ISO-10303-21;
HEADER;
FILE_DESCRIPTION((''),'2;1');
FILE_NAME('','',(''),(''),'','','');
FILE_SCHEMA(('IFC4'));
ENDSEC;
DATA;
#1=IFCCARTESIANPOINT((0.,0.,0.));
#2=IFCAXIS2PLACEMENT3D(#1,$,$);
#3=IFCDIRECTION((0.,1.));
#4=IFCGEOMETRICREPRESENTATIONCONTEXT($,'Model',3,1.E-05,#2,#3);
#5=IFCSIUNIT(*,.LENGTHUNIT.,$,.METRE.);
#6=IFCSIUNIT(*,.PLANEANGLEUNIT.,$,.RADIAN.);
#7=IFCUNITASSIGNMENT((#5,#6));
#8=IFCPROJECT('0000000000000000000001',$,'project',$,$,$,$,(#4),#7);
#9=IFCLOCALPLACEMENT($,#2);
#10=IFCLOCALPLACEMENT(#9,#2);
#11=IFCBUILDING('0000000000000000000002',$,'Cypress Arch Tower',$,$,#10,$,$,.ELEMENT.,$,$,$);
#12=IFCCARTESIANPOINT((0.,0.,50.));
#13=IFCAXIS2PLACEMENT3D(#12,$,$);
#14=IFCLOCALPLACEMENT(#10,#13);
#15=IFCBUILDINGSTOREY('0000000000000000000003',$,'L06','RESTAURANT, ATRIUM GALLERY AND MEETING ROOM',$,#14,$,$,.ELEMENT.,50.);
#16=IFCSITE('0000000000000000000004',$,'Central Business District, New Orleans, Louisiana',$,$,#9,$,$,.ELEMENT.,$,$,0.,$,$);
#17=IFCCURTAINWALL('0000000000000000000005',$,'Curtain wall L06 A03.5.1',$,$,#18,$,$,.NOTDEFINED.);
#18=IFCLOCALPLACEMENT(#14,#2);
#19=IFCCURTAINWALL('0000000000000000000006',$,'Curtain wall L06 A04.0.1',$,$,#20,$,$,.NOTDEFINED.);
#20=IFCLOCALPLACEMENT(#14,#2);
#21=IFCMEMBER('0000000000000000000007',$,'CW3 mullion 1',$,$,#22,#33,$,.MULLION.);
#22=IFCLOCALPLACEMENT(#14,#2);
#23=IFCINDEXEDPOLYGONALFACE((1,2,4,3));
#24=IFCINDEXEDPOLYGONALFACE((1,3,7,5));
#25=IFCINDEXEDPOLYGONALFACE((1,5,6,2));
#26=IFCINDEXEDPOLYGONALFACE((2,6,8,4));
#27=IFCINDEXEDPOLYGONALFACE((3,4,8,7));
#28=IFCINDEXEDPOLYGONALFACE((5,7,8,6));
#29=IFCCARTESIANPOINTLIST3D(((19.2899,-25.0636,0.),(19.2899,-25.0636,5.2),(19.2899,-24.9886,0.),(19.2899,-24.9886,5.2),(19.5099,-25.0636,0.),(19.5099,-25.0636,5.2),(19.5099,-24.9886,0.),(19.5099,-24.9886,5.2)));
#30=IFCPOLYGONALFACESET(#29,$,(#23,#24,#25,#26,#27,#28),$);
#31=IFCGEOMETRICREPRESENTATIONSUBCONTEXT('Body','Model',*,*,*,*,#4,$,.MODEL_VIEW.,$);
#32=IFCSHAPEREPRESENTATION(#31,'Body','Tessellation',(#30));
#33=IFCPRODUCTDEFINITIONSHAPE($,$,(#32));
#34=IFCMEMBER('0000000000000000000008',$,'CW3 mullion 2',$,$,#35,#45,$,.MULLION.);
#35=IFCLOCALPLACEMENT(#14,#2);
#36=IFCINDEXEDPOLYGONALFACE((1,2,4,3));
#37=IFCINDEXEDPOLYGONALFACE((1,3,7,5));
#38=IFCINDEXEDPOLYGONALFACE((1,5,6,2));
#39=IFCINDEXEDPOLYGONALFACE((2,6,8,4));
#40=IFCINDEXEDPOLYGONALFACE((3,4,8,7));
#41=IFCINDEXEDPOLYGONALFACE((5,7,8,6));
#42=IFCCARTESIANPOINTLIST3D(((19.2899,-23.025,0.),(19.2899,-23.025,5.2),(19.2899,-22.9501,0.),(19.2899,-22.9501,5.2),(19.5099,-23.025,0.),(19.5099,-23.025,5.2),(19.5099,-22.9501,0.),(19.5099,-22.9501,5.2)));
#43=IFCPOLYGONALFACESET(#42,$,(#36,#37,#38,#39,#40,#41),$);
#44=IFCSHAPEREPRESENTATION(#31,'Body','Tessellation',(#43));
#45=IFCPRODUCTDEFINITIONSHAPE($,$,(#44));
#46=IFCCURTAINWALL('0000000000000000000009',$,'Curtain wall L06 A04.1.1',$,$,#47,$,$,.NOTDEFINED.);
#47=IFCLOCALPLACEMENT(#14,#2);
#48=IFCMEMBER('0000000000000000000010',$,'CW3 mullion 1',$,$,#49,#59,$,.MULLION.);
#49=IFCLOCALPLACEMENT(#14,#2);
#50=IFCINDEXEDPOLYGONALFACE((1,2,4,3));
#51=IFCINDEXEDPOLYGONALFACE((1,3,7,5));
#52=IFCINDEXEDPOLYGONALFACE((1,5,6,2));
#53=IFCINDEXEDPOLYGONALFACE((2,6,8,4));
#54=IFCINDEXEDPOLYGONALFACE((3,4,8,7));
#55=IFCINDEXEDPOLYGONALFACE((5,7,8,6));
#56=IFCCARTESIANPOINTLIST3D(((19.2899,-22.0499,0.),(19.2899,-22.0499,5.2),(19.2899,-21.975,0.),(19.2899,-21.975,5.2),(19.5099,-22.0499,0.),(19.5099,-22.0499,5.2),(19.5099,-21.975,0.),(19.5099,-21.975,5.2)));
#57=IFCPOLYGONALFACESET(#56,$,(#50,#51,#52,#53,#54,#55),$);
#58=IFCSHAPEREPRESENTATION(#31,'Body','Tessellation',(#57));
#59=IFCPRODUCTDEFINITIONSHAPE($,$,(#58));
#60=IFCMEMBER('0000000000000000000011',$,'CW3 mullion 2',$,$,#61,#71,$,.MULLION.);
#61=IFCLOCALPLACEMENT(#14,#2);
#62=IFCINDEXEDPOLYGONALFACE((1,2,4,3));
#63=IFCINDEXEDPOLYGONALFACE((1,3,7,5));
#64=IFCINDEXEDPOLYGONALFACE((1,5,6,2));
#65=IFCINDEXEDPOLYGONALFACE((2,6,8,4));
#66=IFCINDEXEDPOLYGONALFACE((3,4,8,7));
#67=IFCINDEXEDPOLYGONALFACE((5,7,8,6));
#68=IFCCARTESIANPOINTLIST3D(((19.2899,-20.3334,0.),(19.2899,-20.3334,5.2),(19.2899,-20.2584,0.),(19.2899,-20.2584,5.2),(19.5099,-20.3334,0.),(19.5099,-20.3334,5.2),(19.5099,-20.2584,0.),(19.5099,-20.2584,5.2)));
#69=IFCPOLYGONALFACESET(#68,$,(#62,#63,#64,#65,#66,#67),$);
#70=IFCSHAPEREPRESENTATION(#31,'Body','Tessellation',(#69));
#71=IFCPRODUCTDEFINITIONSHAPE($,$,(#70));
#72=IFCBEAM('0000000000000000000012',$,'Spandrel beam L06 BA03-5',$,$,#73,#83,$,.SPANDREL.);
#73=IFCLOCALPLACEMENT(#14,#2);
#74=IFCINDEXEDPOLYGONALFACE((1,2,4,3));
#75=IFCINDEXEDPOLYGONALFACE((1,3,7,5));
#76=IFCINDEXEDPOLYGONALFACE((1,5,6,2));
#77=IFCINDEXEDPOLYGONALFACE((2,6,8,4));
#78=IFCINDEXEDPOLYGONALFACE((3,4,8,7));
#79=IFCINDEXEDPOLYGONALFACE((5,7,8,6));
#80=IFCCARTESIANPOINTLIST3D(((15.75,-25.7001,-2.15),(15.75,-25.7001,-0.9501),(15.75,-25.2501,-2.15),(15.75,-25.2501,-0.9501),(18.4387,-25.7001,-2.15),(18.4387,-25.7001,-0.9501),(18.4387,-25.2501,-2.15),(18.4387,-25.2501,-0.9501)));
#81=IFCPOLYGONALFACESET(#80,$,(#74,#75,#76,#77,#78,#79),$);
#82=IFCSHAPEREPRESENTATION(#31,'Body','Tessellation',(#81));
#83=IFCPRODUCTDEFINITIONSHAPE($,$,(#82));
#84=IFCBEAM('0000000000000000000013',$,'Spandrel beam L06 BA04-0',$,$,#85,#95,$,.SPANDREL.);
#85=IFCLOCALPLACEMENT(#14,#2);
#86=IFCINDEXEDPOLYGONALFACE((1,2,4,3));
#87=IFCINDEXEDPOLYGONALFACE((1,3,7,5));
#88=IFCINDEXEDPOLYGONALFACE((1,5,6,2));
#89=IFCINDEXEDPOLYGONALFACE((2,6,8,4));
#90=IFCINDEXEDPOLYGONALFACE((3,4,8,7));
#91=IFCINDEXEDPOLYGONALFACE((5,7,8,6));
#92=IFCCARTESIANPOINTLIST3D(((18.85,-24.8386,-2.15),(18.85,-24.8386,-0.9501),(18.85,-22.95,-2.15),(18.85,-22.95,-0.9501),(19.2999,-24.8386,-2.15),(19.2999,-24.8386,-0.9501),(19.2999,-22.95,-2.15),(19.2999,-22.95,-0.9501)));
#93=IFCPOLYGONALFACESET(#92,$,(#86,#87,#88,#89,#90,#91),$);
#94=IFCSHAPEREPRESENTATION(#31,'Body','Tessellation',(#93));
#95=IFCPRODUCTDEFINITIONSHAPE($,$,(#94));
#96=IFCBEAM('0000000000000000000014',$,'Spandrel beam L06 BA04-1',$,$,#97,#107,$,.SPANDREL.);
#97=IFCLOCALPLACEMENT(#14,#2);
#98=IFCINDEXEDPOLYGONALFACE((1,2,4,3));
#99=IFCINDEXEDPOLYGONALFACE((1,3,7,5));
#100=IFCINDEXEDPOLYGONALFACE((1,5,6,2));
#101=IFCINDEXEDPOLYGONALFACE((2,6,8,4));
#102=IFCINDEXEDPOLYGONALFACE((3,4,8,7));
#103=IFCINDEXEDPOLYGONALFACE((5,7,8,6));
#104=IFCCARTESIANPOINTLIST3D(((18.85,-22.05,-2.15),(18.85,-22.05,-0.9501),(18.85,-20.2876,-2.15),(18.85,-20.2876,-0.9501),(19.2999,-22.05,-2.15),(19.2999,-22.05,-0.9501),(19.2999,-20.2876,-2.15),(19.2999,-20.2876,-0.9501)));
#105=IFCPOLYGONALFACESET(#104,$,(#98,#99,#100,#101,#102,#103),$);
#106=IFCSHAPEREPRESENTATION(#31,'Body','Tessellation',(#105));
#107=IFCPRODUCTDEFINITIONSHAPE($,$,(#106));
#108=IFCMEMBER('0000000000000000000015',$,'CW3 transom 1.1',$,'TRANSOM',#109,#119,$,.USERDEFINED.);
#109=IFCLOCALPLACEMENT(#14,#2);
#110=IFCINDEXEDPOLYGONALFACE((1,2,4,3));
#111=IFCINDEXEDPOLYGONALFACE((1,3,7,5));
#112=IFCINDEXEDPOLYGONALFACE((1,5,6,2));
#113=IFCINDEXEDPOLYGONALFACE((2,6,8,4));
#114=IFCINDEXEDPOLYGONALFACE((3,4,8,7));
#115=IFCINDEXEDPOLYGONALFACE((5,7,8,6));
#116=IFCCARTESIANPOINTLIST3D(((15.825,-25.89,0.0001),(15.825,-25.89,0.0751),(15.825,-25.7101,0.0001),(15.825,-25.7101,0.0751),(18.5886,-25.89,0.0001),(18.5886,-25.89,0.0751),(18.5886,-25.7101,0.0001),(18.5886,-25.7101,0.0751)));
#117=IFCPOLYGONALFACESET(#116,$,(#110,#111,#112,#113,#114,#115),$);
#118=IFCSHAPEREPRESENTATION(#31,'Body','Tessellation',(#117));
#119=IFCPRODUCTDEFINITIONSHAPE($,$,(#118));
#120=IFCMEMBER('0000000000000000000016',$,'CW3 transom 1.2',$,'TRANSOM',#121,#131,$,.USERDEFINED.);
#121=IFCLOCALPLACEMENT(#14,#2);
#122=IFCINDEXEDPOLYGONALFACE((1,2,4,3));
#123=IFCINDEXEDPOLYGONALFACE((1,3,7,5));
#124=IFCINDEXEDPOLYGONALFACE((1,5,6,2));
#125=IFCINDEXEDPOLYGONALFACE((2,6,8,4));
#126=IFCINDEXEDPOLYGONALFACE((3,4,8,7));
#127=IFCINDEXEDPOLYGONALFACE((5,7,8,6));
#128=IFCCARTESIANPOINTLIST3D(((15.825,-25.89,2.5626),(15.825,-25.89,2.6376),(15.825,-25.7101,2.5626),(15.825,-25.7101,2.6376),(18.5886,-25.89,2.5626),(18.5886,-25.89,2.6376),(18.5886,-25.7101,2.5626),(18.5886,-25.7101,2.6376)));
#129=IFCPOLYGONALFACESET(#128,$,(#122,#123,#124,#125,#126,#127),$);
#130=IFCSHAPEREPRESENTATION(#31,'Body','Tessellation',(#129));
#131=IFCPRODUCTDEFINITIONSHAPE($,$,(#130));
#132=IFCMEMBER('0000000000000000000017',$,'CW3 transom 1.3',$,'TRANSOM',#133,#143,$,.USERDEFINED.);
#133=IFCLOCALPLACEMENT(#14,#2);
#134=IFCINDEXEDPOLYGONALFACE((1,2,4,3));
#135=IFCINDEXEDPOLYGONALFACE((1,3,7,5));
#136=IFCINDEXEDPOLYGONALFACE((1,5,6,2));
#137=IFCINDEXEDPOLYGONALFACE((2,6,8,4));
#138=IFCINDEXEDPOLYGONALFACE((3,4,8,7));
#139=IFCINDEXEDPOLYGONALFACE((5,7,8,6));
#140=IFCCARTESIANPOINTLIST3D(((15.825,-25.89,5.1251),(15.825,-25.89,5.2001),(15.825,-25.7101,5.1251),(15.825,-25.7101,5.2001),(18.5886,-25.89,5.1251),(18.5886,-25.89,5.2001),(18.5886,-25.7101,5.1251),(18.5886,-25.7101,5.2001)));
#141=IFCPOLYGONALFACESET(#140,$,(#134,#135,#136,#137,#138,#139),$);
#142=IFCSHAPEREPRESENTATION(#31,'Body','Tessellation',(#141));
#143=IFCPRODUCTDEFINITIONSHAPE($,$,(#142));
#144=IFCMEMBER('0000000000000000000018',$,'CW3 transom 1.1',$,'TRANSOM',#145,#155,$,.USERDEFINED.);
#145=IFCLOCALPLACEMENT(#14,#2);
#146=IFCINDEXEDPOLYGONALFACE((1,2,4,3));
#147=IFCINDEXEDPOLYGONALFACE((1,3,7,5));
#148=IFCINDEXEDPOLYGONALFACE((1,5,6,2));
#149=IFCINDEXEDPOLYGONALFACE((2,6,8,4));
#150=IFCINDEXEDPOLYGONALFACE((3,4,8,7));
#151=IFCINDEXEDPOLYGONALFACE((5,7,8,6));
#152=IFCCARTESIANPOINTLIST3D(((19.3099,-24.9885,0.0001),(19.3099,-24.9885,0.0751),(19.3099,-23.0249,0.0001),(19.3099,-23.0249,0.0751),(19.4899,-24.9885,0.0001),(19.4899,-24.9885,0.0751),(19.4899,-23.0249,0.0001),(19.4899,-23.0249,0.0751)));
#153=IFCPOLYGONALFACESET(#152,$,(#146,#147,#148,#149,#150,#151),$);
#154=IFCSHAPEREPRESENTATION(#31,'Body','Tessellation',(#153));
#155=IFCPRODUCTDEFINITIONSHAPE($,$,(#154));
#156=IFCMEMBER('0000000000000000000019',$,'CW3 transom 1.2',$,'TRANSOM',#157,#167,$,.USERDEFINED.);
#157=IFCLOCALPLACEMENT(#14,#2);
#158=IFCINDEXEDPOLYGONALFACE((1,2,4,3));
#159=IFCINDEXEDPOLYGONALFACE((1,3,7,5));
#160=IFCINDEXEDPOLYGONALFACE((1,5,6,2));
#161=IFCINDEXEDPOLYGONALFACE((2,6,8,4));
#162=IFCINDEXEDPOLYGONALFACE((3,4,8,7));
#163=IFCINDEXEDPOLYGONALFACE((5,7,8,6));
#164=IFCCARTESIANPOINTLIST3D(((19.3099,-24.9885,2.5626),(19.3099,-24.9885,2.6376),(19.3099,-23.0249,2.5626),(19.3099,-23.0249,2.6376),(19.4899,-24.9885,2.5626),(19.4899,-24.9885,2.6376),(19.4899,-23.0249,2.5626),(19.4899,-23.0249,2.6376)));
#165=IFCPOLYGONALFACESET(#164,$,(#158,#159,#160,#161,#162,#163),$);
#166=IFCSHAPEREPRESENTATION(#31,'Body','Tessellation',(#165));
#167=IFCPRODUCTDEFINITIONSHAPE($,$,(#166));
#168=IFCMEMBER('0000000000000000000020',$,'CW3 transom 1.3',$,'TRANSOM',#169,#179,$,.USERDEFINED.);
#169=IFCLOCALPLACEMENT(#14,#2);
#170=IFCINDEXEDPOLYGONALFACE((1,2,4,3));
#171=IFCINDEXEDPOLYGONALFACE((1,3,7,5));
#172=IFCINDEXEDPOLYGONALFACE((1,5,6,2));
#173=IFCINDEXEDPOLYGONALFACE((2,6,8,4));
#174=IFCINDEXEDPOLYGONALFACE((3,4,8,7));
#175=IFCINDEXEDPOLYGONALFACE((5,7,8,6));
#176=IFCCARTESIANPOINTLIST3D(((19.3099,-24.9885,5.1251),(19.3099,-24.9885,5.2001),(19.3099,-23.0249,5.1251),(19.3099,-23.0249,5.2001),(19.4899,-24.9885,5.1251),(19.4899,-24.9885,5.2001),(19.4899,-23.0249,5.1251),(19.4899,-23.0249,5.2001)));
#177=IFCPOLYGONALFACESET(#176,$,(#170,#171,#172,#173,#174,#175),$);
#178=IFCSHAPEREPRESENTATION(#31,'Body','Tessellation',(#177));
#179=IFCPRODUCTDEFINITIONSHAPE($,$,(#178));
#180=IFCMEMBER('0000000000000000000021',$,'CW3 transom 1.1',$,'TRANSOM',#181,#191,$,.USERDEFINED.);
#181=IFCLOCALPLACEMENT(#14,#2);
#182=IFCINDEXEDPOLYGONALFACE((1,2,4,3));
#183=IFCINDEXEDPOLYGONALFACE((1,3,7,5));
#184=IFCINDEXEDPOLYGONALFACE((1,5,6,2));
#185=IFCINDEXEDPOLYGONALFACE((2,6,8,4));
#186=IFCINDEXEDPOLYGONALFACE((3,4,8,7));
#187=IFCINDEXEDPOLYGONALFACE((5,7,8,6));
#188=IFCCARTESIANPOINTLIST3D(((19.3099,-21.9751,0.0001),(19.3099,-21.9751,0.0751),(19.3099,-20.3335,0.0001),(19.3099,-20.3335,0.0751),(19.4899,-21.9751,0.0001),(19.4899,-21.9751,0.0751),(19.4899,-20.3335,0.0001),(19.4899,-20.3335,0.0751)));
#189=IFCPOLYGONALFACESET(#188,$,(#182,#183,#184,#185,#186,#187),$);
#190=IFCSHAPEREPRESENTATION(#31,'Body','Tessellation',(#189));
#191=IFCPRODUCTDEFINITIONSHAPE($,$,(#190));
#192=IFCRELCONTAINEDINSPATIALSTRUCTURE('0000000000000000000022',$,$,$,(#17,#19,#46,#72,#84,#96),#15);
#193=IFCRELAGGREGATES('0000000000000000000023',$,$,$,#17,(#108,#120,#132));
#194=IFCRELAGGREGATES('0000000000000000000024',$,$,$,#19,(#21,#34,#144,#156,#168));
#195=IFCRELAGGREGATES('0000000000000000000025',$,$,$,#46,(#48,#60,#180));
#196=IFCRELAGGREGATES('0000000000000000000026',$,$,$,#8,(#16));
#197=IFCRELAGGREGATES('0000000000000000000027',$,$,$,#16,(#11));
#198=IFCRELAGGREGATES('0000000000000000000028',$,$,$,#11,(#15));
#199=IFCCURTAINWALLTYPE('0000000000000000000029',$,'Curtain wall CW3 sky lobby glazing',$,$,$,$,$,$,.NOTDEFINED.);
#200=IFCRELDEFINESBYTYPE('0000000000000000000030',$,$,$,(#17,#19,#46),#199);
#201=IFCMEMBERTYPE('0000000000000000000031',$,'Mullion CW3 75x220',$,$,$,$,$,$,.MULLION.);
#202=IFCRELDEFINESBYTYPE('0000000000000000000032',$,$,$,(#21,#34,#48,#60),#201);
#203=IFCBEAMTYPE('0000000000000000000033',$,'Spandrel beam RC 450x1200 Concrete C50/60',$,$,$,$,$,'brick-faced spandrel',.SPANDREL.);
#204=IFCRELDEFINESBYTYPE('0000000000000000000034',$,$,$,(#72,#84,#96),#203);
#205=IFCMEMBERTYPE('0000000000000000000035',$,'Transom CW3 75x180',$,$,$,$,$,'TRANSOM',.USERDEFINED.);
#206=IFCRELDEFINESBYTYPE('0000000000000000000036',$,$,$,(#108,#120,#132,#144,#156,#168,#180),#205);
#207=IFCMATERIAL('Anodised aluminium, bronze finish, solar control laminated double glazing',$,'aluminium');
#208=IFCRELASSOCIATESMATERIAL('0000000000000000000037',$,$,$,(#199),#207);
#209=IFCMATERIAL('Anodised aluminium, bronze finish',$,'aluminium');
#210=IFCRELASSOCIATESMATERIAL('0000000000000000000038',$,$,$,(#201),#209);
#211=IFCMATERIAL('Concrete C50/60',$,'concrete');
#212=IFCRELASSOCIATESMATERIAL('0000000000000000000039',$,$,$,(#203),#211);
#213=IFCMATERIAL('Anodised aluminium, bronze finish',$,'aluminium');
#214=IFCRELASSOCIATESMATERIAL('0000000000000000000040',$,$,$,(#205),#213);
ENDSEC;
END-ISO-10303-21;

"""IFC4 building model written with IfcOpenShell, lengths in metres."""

from ifc_helpers import new_model, si_unit, direction, frame, origin, origin_2d, place, context, subcontext, project, spatial, rectangle, extrude, material, material_profile, profile_set, type_object, element, aggregate, save


model = new_model("IFC4")

# Units and contexts
model_context = context("Model", 3, precision=1e-05, world=origin(), true_north=direction((0.0, 1.0)))
body_context = subcontext(model_context, "Body", "Model", "MODEL_VIEW")
ifc_project = project(units=[si_unit("LENGTHUNIT", "METRE"), si_unit("PLANEANGLEUNIT", "RADIAN")], contexts=[model_context])

# Site, building, storey
site_placement = place(None, origin())
site = spatial("IfcSite", under=ifc_project, at=site_placement, Name="Central Business District, New Orleans, Louisiana", CompositionType="ELEMENT", RefElevation=0.0)
building_placement = place(site_placement, origin())
building = spatial("IfcBuilding", under=site, at=building_placement, Name="Cypress Arch Tower", CompositionType="ELEMENT")
storey_placement = place(building_placement, frame((0.0, 0.0, 50.0)))
storey = spatial("IfcBuildingStorey", under=building, at=storey_placement, Name="L06", Description="RESTAURANT, ATRIUM GALLERY AND MEETING ROOM", CompositionType="ELEMENT", Elevation=50.0)

# Curtain walls, members
ifc_material_1 = material(Name="Anodised aluminium, bronze finish, solar control laminated double glazing", Category="aluminium")
curtain_wall_type = type_object("IfcCurtainWallType", Name="Curtain wall CW3 sky lobby glazing", PredefinedType="NOTDEFINED", material=ifc_material_1)
curtain_wall_1_placement = place(storey_placement, origin())
curtain_wall_1 = element("IfcCurtainWall", 1, at=curtain_wall_1_placement, inside=storey, type_object=curtain_wall_type, Name="Curtain wall L06 A03.5.1", PredefinedType="NOTDEFINED")
ifc_material_2 = material(Name="Anodised aluminium, bronze finish", Category="aluminium")
ifc_material_profile_1 = material_profile(ifc_material_2, rectangle(XDim=0.22, YDim=0.075, at=origin_2d()), Name="Mullion 75x220")
ifc_profile_set_1 = profile_set([ifc_material_profile_1], Name="Anodised aluminium, bronze finish")
member_type_1 = type_object("IfcMemberType", Name="Mullion CW3 75x220", PredefinedType="MULLION", material=ifc_profile_set_1)
curtain_wall_2_placement = place(storey_placement, origin())
curtain_wall_2 = element("IfcCurtainWall", 2, at=curtain_wall_2_placement, inside=storey, type_object=curtain_wall_type, Name="Curtain wall L06 A04.0.1", PredefinedType="NOTDEFINED")
member_1_placement = place(storey_placement, frame((19.3999, -25.0261, 0.0), z_axis=(0.0, 0.0, 1.0), x_axis=(-1.0, 0.0, 0.0)))
member_1 = element("IfcMember", 3, at=member_1_placement, type_object=member_type_1, Name="CW3 mullion 1", PredefinedType="MULLION", context=body_context, shape_type="SweptSolid", body=[
    extrude(rectangle(XDim=0.22, YDim=0.075, at=origin_2d()), origin(), (0.0, 0.0, 1.0), 5.2),
])
member_2_placement = place(storey_placement, frame((19.3999, -22.9875, 0.0), z_axis=(0.0, 0.0, 1.0), x_axis=(-1.0, 0.0, 0.0)))
member_2 = element("IfcMember", 4, at=member_2_placement, type_object=member_type_1, Name="CW3 mullion 2", PredefinedType="MULLION", context=body_context, shape_type="SweptSolid", body=[
    extrude(rectangle(XDim=0.22, YDim=0.075, at=origin_2d()), origin(), (0.0, 0.0, 1.0), 5.2),
])
curtain_wall_3_placement = place(storey_placement, origin())
curtain_wall_3 = element("IfcCurtainWall", 5, at=curtain_wall_3_placement, inside=storey, type_object=curtain_wall_type, Name="Curtain wall L06 A04.1.1", PredefinedType="NOTDEFINED")
member_3_placement = place(storey_placement, frame((19.3999, -22.0125, 0.0), z_axis=(0.0, 0.0, 1.0), x_axis=(-1.0, 0.0, 0.0)))
member_3 = element("IfcMember", 6, at=member_3_placement, type_object=member_type_1, Name="CW3 mullion 1", PredefinedType="MULLION", context=body_context, shape_type="SweptSolid", body=[
    extrude(rectangle(XDim=0.22, YDim=0.075, at=origin_2d()), origin(), (0.0, 0.0, 1.0), 5.2),
])
member_4_placement = place(storey_placement, frame((19.3999, -20.2959, 0.0), z_axis=(0.0, 0.0, 1.0), x_axis=(-1.0, 0.0, 0.0)))
member_4 = element("IfcMember", 7, at=member_4_placement, type_object=member_type_1, Name="CW3 mullion 2", PredefinedType="MULLION", context=body_context, shape_type="SweptSolid", body=[
    extrude(rectangle(XDim=0.22, YDim=0.075, at=origin_2d()), origin(), (0.0, 0.0, 1.0), 5.2),
])

# Beams
ifc_material_3 = material(Name="Concrete C50/60", Category="concrete")
ifc_material_profile_2 = material_profile(ifc_material_3, rectangle(XDim=0.45, YDim=1.2, at=origin_2d()), Name="RC 450x1200")
ifc_profile_set_2 = profile_set([ifc_material_profile_2], Name="Concrete C50/60")
beam_type_1 = type_object("IfcBeamType", Name="Spandrel beam RC 450x1200 Concrete C50/60", ElementType="brick-faced spandrel", PredefinedType="SPANDREL", material=ifc_profile_set_2)
beam_1_placement = place(storey_placement, frame((15.75, -25.4751, -1.55), z_axis=(1.0, 0.0, 0.0), x_axis=(0.0, 1.0, 0.0)))
element("IfcBeam", 8, at=beam_1_placement, inside=storey, type_object=beam_type_1, Name="Spandrel beam L06 BA03-5", PredefinedType="SPANDREL", context=body_context, shape_type="SweptSolid", body=[
    extrude(rectangle(XDim=0.45, YDim=1.2, at=origin_2d()), origin(), (0.0, 0.0, 1.0), 2.6887),
])
beam_2_placement = place(storey_placement, frame((19.075, -24.8386, -1.55), z_axis=(0.0, 1.0, 0.0), x_axis=(-1.0, 0.0, 0.0)))
element("IfcBeam", 9, at=beam_2_placement, inside=storey, type_object=beam_type_1, Name="Spandrel beam L06 BA04-0", PredefinedType="SPANDREL", context=body_context, shape_type="SweptSolid", body=[
    extrude(rectangle(XDim=0.45, YDim=1.2, at=origin_2d()), origin(), (0.0, 0.0, 1.0), 1.8887),
])
beam_3_placement = place(storey_placement, frame((19.075, -22.05, -1.55), z_axis=(0.0, 1.0, 0.0), x_axis=(-1.0, 0.0, 0.0)))
element("IfcBeam", 10, at=beam_3_placement, inside=storey, type_object=beam_type_1, Name="Spandrel beam L06 BA04-1", PredefinedType="SPANDREL", context=body_context, shape_type="SweptSolid", body=[
    extrude(rectangle(XDim=0.45, YDim=1.2, at=origin_2d()), origin(), (0.0, 0.0, 1.0), 1.7625),
])

# Members
ifc_material_4 = material(Name="Anodised aluminium, bronze finish", Category="aluminium")
ifc_material_profile_3 = material_profile(ifc_material_4, rectangle(XDim=0.1799, YDim=0.075, at=origin_2d()), Name="Transom 75x180")
ifc_profile_set_3 = profile_set([ifc_material_profile_3], Name="Anodised aluminium, bronze finish")
member_type_2 = type_object("IfcMemberType", Name="Transom CW3 75x180", ElementType="TRANSOM", PredefinedType="USERDEFINED", material=ifc_profile_set_3)
member_5_placement = place(storey_placement, frame((15.825, -25.8, 0.0376), z_axis=(1.0, 0.0, 0.0), x_axis=(0.0, 1.0, 0.0)))
member_5 = element("IfcMember", 11, at=member_5_placement, type_object=member_type_2, Name="CW3 transom 1.1", ObjectType="TRANSOM", PredefinedType="USERDEFINED", context=body_context, shape_type="SweptSolid", body=[
    extrude(rectangle(XDim=0.1799, YDim=0.075, at=origin_2d()), origin(), (0.0, 0.0, 1.0), 2.7637),
])
member_6_placement = place(storey_placement, frame((15.825, -25.8, 2.6001), z_axis=(1.0, 0.0, 0.0), x_axis=(0.0, 1.0, 0.0)))
member_6 = element("IfcMember", 12, at=member_6_placement, type_object=member_type_2, Name="CW3 transom 1.2", ObjectType="TRANSOM", PredefinedType="USERDEFINED", context=body_context, shape_type="SweptSolid", body=[
    extrude(rectangle(XDim=0.1799, YDim=0.075, at=origin_2d()), origin(), (0.0, 0.0, 1.0), 2.7637),
])
member_7_placement = place(storey_placement, frame((15.825, -25.8, 5.1626), z_axis=(1.0, 0.0, 0.0), x_axis=(0.0, 1.0, 0.0)))
member_7 = element("IfcMember", 13, at=member_7_placement, type_object=member_type_2, Name="CW3 transom 1.3", ObjectType="TRANSOM", PredefinedType="USERDEFINED", context=body_context, shape_type="SweptSolid", body=[
    extrude(rectangle(XDim=0.1799, YDim=0.075, at=origin_2d()), origin(), (0.0, 0.0, 1.0), 2.7637),
])
member_8_placement = place(storey_placement, frame((19.3999, -24.9885, 0.0376), z_axis=(0.0, 1.0, 0.0), x_axis=(-1.0, 0.0, 0.0)))
member_8 = element("IfcMember", 14, at=member_8_placement, type_object=member_type_2, Name="CW3 transom 1.1", ObjectType="TRANSOM", PredefinedType="USERDEFINED", context=body_context, shape_type="SweptSolid", body=[
    extrude(rectangle(XDim=0.1799, YDim=0.075, at=origin_2d()), origin(), (0.0, 0.0, 1.0), 1.9636),
])
member_9_placement = place(storey_placement, frame((19.3999, -24.9885, 2.6001), z_axis=(0.0, 1.0, 0.0), x_axis=(-1.0, 0.0, 0.0)))
member_9 = element("IfcMember", 15, at=member_9_placement, type_object=member_type_2, Name="CW3 transom 1.2", ObjectType="TRANSOM", PredefinedType="USERDEFINED", context=body_context, shape_type="SweptSolid", body=[
    extrude(rectangle(XDim=0.1799, YDim=0.075, at=origin_2d()), origin(), (0.0, 0.0, 1.0), 1.9636),
])
member_10_placement = place(storey_placement, frame((19.3999, -24.9885, 5.1626), z_axis=(0.0, 1.0, 0.0), x_axis=(-1.0, 0.0, 0.0)))
member_10 = element("IfcMember", 16, at=member_10_placement, type_object=member_type_2, Name="CW3 transom 1.3", ObjectType="TRANSOM", PredefinedType="USERDEFINED", context=body_context, shape_type="SweptSolid", body=[
    extrude(rectangle(XDim=0.1799, YDim=0.075, at=origin_2d()), origin(), (0.0, 0.0, 1.0), 1.9636),
])
member_11_placement = place(storey_placement, frame((19.3999, -21.9751, 0.0376), z_axis=(0.0, 1.0, 0.0), x_axis=(-1.0, 0.0, 0.0)))
member_11 = element("IfcMember", 17, at=member_11_placement, type_object=member_type_2, Name="CW3 transom 1.1", ObjectType="TRANSOM", PredefinedType="USERDEFINED", context=body_context, shape_type="SweptSolid", body=[
    extrude(rectangle(XDim=0.1799, YDim=0.075, at=origin_2d()), origin(), (0.0, 0.0, 1.0), 1.6416),
])

aggregate(curtain_wall_1, [member_5, member_6, member_7])
aggregate(curtain_wall_2, [member_1, member_2, member_8, member_9, member_10])
aggregate(curtain_wall_3, [member_3, member_4, member_11])

save(model, "model.ifc")
